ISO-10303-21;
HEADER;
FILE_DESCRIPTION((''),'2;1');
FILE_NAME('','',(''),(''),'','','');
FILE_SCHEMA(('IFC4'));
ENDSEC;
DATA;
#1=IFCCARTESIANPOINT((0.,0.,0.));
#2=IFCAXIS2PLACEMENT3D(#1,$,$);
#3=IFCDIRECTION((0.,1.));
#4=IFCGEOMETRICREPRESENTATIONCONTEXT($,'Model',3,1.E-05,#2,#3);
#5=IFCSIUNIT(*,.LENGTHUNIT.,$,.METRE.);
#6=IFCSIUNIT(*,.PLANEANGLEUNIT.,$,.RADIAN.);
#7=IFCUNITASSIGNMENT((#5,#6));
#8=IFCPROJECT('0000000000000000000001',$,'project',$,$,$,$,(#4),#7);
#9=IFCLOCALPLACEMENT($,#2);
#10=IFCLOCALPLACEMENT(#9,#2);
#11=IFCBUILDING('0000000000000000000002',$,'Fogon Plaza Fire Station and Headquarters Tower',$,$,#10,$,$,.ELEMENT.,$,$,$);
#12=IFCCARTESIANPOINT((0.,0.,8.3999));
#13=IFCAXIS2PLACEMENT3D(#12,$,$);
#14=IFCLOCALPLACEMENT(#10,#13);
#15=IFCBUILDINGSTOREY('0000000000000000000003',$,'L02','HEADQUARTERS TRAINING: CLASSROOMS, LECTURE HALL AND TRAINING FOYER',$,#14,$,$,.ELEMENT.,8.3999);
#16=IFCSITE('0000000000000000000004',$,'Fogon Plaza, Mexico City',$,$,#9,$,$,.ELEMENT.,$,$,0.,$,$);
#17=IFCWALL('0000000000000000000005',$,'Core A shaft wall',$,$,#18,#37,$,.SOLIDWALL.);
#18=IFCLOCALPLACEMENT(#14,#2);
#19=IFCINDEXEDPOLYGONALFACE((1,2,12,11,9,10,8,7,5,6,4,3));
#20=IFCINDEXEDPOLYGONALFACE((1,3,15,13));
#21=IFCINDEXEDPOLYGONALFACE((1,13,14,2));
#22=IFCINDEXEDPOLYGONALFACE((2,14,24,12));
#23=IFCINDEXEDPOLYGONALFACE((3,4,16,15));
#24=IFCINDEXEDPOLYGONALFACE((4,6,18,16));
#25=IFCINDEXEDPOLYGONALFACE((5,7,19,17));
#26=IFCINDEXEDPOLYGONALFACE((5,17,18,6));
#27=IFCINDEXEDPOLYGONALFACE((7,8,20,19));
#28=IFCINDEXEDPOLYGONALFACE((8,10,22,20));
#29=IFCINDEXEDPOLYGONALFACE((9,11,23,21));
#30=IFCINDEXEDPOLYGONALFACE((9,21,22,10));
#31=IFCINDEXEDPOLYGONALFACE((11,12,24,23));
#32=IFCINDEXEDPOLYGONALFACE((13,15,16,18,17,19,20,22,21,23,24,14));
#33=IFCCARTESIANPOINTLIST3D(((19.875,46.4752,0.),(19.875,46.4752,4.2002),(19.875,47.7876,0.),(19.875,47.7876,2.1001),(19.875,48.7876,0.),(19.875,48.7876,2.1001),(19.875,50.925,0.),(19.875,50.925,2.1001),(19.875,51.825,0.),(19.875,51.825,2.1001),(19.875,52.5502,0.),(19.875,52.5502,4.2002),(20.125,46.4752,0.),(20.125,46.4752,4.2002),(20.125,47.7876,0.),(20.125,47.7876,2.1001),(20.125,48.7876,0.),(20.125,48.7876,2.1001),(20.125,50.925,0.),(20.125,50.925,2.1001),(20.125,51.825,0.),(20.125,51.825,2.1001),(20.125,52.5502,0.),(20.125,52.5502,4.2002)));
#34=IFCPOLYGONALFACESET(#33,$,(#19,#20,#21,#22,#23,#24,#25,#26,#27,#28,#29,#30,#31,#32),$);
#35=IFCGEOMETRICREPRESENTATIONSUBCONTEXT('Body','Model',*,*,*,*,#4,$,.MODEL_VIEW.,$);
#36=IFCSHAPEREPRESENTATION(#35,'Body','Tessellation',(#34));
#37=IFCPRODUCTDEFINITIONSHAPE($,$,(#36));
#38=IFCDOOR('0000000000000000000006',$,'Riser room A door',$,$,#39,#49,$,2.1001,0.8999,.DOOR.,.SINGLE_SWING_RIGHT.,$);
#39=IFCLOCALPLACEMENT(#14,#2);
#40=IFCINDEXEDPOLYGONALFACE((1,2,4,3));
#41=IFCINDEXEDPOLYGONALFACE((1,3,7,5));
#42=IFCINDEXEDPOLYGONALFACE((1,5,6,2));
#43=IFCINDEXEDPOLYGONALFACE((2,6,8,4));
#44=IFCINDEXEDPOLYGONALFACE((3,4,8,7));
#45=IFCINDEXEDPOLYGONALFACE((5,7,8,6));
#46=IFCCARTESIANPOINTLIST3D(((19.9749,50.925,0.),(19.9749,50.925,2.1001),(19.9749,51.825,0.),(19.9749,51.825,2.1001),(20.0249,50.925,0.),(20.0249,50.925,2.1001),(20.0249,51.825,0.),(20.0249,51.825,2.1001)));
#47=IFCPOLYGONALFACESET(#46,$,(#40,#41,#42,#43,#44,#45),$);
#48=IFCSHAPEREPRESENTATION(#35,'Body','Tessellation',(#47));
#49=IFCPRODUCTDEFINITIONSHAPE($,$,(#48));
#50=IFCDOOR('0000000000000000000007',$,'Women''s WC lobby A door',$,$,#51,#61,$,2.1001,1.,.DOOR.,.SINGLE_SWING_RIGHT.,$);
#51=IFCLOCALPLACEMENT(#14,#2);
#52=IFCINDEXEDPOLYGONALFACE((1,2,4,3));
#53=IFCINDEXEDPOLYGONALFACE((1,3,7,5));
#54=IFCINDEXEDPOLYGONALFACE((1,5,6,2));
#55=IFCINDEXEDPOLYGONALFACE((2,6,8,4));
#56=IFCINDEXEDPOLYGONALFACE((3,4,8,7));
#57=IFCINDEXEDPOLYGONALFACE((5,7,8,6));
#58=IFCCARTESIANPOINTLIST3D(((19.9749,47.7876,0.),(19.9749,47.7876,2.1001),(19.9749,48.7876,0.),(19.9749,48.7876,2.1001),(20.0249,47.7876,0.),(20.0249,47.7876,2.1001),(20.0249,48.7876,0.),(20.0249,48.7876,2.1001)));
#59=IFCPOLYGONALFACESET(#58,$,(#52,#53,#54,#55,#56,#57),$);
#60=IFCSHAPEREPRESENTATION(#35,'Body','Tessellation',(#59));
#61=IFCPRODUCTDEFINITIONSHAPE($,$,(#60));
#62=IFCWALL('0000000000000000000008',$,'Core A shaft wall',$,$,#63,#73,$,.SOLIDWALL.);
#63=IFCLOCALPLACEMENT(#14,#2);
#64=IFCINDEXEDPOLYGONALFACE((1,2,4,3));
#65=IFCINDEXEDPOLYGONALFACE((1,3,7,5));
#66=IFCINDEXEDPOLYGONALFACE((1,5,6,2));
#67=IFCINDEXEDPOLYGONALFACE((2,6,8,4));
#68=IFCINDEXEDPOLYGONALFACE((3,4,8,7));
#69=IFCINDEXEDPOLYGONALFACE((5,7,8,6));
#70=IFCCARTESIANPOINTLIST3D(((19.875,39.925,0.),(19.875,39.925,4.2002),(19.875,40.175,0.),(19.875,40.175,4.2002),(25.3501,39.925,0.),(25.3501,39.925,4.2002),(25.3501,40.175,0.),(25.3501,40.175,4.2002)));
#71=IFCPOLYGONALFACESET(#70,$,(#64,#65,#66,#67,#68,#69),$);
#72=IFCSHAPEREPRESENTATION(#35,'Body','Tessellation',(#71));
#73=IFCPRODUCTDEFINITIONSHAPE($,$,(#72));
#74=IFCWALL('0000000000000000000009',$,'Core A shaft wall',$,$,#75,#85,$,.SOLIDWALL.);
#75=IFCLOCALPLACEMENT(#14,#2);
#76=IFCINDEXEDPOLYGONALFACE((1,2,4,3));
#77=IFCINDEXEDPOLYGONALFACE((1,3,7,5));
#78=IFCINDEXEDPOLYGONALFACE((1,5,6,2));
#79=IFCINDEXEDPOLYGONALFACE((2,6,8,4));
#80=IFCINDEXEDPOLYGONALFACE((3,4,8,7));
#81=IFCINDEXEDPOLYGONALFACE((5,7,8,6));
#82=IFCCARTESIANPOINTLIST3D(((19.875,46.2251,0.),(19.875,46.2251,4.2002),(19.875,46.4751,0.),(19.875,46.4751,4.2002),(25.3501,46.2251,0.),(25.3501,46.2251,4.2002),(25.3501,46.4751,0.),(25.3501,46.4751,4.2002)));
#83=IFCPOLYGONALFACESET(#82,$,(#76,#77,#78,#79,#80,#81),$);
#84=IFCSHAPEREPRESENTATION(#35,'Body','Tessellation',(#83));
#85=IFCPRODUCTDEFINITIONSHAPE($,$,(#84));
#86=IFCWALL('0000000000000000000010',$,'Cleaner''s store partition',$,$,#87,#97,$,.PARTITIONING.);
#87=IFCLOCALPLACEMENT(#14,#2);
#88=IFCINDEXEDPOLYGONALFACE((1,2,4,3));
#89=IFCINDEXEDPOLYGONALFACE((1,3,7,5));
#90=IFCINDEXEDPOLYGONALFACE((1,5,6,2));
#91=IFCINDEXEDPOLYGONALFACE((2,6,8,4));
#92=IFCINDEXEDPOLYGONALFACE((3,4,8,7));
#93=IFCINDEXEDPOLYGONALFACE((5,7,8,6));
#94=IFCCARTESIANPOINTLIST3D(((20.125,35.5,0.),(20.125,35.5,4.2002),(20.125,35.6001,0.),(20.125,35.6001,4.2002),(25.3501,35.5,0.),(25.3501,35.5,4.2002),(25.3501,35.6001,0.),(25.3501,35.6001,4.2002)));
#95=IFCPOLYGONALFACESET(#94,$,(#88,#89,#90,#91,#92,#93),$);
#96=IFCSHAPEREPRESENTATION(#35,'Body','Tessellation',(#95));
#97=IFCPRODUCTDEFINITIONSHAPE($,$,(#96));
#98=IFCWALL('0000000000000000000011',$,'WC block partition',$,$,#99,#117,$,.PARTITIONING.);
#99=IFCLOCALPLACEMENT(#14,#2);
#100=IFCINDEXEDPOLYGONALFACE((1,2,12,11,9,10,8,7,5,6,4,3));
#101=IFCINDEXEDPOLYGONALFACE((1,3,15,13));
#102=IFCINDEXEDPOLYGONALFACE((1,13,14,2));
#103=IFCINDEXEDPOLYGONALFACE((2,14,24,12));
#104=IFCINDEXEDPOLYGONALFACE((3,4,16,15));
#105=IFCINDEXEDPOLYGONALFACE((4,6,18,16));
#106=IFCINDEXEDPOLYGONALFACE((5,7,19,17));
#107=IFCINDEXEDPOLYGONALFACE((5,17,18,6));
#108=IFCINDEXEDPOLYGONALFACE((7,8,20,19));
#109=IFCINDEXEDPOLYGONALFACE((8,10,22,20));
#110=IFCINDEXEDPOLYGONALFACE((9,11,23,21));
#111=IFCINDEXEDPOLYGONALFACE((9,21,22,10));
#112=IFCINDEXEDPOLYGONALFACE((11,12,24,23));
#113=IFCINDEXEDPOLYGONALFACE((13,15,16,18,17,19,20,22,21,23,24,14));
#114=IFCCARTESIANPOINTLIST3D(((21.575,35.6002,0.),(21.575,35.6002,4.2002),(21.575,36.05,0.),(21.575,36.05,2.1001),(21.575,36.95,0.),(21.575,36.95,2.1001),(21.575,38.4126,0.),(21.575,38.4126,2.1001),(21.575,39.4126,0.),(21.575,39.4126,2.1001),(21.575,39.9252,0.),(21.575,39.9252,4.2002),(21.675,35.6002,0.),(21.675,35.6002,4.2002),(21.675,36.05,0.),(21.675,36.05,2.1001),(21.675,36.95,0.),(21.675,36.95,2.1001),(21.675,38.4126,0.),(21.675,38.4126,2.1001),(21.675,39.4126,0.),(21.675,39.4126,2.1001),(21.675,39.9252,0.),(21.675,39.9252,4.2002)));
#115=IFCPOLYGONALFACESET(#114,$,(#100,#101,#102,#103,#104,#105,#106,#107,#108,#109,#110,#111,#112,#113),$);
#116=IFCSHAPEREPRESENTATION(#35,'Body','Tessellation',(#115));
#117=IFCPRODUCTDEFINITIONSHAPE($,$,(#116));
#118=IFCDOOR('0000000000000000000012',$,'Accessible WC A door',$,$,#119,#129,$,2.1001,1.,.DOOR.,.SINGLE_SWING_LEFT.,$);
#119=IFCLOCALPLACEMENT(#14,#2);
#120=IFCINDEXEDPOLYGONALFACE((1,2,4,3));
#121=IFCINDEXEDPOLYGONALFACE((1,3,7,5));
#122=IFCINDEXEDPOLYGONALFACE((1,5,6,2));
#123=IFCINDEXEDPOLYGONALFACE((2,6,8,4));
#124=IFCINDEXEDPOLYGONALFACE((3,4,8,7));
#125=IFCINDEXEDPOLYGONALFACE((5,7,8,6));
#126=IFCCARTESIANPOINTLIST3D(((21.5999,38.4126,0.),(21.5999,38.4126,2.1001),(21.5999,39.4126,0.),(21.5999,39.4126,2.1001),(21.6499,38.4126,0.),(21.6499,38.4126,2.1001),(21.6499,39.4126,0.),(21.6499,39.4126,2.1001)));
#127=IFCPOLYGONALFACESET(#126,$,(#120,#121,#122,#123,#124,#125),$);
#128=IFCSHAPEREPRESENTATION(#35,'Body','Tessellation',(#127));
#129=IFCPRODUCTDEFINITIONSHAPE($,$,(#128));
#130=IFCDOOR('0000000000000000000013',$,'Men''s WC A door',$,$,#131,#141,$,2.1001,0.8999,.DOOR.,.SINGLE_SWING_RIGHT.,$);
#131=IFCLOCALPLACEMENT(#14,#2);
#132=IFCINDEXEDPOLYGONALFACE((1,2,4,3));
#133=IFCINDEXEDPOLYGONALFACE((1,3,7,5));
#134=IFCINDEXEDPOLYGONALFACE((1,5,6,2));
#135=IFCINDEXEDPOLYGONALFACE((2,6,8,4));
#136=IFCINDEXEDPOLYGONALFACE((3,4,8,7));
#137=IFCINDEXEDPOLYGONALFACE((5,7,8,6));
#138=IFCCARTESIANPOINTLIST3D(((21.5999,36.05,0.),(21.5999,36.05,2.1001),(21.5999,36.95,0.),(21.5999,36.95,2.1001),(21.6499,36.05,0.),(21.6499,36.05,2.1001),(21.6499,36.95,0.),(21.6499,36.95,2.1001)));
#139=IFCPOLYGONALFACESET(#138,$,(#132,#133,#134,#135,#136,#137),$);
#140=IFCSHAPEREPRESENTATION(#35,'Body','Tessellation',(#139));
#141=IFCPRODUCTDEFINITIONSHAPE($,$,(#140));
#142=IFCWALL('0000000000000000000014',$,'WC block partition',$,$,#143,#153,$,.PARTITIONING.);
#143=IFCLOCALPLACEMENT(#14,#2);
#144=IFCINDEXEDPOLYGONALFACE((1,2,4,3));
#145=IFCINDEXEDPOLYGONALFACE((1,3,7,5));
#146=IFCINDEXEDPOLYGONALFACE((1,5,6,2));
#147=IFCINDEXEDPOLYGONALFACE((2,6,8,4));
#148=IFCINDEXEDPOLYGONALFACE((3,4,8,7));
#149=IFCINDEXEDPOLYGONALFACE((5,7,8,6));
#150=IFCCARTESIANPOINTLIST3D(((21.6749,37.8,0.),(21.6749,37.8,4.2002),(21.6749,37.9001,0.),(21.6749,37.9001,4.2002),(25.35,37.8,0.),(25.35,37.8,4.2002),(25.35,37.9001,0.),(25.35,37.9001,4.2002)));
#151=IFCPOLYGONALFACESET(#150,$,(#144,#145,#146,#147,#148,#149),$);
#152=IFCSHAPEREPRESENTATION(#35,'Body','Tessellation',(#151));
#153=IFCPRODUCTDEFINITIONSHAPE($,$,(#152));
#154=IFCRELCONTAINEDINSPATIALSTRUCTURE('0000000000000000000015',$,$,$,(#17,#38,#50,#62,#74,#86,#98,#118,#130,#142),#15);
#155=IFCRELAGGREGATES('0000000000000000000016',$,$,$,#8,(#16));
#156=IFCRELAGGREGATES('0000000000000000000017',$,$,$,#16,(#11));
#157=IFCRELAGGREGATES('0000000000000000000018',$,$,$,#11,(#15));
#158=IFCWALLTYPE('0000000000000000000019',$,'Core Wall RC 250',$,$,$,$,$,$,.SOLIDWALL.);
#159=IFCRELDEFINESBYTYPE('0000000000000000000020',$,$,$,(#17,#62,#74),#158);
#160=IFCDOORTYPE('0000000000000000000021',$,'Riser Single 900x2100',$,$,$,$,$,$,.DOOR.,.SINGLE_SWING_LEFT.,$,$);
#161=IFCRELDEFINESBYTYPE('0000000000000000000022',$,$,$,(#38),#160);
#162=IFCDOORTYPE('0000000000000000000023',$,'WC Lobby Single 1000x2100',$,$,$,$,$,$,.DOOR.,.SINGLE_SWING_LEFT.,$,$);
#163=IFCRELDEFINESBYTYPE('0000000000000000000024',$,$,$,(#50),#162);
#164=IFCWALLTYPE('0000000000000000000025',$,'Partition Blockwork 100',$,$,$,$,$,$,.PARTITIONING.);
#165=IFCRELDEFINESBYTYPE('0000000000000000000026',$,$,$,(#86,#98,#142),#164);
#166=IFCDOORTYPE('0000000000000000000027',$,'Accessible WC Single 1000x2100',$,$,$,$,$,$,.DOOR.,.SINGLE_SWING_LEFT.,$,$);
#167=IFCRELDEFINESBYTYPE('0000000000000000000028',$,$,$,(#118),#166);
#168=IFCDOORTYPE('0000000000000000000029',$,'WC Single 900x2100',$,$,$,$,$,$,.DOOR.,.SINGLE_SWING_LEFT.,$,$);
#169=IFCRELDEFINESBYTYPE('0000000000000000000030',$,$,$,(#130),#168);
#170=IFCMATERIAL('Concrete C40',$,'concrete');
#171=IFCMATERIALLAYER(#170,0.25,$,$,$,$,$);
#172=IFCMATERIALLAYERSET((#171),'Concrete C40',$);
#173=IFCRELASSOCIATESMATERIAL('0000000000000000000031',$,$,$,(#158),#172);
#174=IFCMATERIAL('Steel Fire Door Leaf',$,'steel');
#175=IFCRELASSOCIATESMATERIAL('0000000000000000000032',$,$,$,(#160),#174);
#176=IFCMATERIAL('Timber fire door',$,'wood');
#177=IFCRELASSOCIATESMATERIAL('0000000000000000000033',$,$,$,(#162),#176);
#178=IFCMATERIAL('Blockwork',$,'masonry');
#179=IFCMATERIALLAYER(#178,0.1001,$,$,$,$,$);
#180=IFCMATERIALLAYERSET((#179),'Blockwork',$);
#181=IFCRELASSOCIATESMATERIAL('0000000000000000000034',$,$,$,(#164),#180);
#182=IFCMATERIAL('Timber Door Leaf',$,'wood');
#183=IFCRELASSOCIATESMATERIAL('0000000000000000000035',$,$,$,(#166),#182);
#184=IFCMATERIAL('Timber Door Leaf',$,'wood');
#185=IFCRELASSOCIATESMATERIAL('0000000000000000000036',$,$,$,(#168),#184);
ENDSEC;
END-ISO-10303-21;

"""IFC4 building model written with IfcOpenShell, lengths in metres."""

from ifc_helpers import new_model, si_unit, direction, frame, frame_2d, origin, place, context, subcontext, project, spatial, rectangle, extrude, material, layer, layer_set, type_object, element, fill, save


model = new_model("IFC4")

# Units and contexts
model_context = context("Model", 3, precision=1e-05, world=origin(), true_north=direction((0.0, 1.0)))
body_context = subcontext(model_context, "Body", "Model", "MODEL_VIEW")
ifc_project = project(units=[si_unit("LENGTHUNIT", "METRE"), si_unit("PLANEANGLEUNIT", "RADIAN")], contexts=[model_context])

# Site, building, storey
site_placement = place(None, origin())
site = spatial("IfcSite", under=ifc_project, at=site_placement, Name="Fogon Plaza, Mexico City", CompositionType="ELEMENT", RefElevation=0.0)
building_placement = place(site_placement, origin())
building = spatial("IfcBuilding", under=site, at=building_placement, Name="Fogon Plaza Fire Station and Headquarters Tower", CompositionType="ELEMENT")
storey_placement = place(building_placement, frame((0.0, 0.0, 8.3999)))
storey = spatial("IfcBuildingStorey", under=building, at=storey_placement, Name="L02", Description="HEADQUARTERS TRAINING: CLASSROOMS, LECTURE HALL AND TRAINING FOYER", CompositionType="ELEMENT", Elevation=8.3999)

# Shared definitions
ifc_material_1 = material(Name="Concrete C40", Category="concrete")
ifc_layer_1 = layer(ifc_material_1, 0.25)
ifc_layer_set_1 = layer_set([ifc_layer_1], Name="Concrete C40")
wall_type_1 = type_object("IfcWallType", Name="Core Wall RC 250", PredefinedType="SOLIDWALL", material=ifc_layer_set_1)

# Wall, openings, doors
wall_1_placement = place(storey_placement, frame((20.0, 46.4751, 0.0), z_axis=(0.0, 0.0, 1.0), x_axis=(0.0, 1.0, 0.0)))
wall_1 = element("IfcWall", 1, at=wall_1_placement, inside=storey, type_object=wall_type_1, Name="Core A shaft wall", PredefinedType="SOLIDWALL", context=body_context, shape_type="SweptSolid", body=[
    extrude(rectangle(XDim=6.075, YDim=0.25, at=frame_2d((3.0376, 0.0))), origin(), (0.0, 0.0, 1.0), 4.2002),
])
opening_1_placement = place(wall_1_placement, frame((1.3125, 0.0, 0.0)))
opening_1 = element("IfcOpeningElement", 2, at=opening_1_placement, cuts=wall_1, PredefinedType="OPENING", context=body_context, shape_type="SweptSolid", body=[
    extrude(rectangle(XDim=1.0, YDim=2.1001, at=frame_2d((0.5, 1.05))), frame((0.0, 0.135, 0.0), z_axis=(0.0, -1.0, 0.0), x_axis=(1.0, 0.0, 0.0)), (0.0, 0.0, 1.0), 0.27),
])
opening_2_placement = place(wall_1_placement, frame((4.45, 0.0, 0.0)))
opening_2 = element("IfcOpeningElement", 3, at=opening_2_placement, cuts=wall_1, PredefinedType="OPENING", context=body_context, shape_type="SweptSolid", body=[
    extrude(rectangle(XDim=0.8999, YDim=2.1001, at=frame_2d((0.45, 1.05))), frame((0.0, 0.135, 0.0), z_axis=(0.0, -1.0, 0.0), x_axis=(1.0, 0.0, 0.0)), (0.0, 0.0, 1.0), 0.27),
])
ifc_material_2 = material(Name="Steel Fire Door Leaf", Category="steel")
door_type_1 = type_object("IfcDoorType", Name="Riser Single 900x2100", OperationType="SINGLE_SWING_LEFT", PredefinedType="DOOR", material=ifc_material_2)
door_1_placement = place(opening_2_placement, frame((0.8999, 0.0, 0.0), z_axis=(0.0, 0.0, 1.0), x_axis=(-1.0, 0.0, 0.0)))
door_1 = element("IfcDoor", 4, at=door_1_placement, inside=storey, type_object=door_type_1, Name="Riser room A door", OperationType="SINGLE_SWING_RIGHT", OverallHeight=2.1001, OverallWidth=0.8999, PredefinedType="DOOR", context=body_context, shape_type="SweptSolid", body=[
    extrude(rectangle(XDim=0.8999, YDim=2.1001, at=frame_2d((0.45, 1.05))), frame((0.0, 0.0249, 0.0), z_axis=(0.0, -1.0, 0.0), x_axis=(1.0, 0.0, 0.0)), (0.0, 0.0, 1.0), 0.05),
])
fill(opening_2, door_1)
ifc_material_3 = material(Name="Timber fire door", Category="wood")
door_type_2 = type_object("IfcDoorType", Name="WC Lobby Single 1000x2100", OperationType="SINGLE_SWING_LEFT", PredefinedType="DOOR", material=ifc_material_3)
door_2_placement = place(opening_1_placement, frame((1.0, 0.0, 0.0), z_axis=(0.0, 0.0, 1.0), x_axis=(-1.0, 0.0, 0.0)))
door_2 = element("IfcDoor", 5, at=door_2_placement, inside=storey, type_object=door_type_2, Name="Women's WC lobby A door", OperationType="SINGLE_SWING_RIGHT", OverallHeight=2.1001, OverallWidth=1.0, PredefinedType="DOOR", context=body_context, shape_type="SweptSolid", body=[
    extrude(rectangle(XDim=1.0, YDim=2.1001, at=frame_2d((0.5, 1.05))), frame((0.0, 0.0249, 0.0), z_axis=(0.0, -1.0, 0.0), x_axis=(1.0, 0.0, 0.0)), (0.0, 0.0, 1.0), 0.05),
])
fill(opening_1, door_2)

# Walls
for number, where, z_axis, x_axis, name in (
    (6, (19.875, 40.05, 0.0), (0.0, 0.0, 1.0), (1.0, 0.0, 0.0), "Core A shaft wall"),
    (7, (19.875, 46.3501, 0.0), (0.0, 0.0, 1.0), (1.0, 0.0, 0.0), "Core A shaft wall"),
):
    element("IfcWall", number, at=place(storey_placement, frame(where, z_axis=z_axis, x_axis=x_axis)), inside=storey, type_object=wall_type_1, Name=name, PredefinedType="SOLIDWALL", context=body_context, shape_type="SweptSolid", body=[
        extrude(rectangle(XDim=5.4751, YDim=0.25, at=frame_2d((2.7375, 0.0))), origin(), (0.0, 0.0, 1.0), 4.2002),
    ])
ifc_material_4 = material(Name="Blockwork", Category="masonry")
ifc_layer_2 = layer(ifc_material_4, 0.1001)
ifc_layer_set_2 = layer_set([ifc_layer_2], Name="Blockwork")
wall_type_2 = type_object("IfcWallType", Name="Partition Blockwork 100", PredefinedType="PARTITIONING", material=ifc_layer_set_2)
wall_2_placement = place(storey_placement, frame((20.125, 35.55, 0.0), z_axis=(0.0, 0.0, 1.0), x_axis=(1.0, 0.0, 0.0)))
element("IfcWall", 8, at=wall_2_placement, inside=storey, type_object=wall_type_2, Name="Cleaner's store partition", PredefinedType="PARTITIONING", context=body_context, shape_type="SweptSolid", body=[
    extrude(rectangle(XDim=5.2251, YDim=0.1001, at=frame_2d((2.6125, 0.0))), origin(), (0.0, 0.0, 1.0), 4.2002),
])

# Wall, openings, doors
wall_3_placement = place(storey_placement, frame((21.625, 35.6001, 0.0), z_axis=(0.0, 0.0, 1.0), x_axis=(0.0, 1.0, 0.0)))
wall_3 = element("IfcWall", 9, at=wall_3_placement, inside=storey, type_object=wall_type_2, Name="WC block partition", PredefinedType="PARTITIONING", context=body_context, shape_type="SweptSolid", body=[
    extrude(rectangle(XDim=4.325, YDim=0.1001, at=frame_2d((2.1626, 0.0))), origin(), (0.0, 0.0, 1.0), 4.2002),
])
opening_3_placement = place(wall_3_placement, frame((0.45, 0.0, 0.0)))
opening_3 = element("IfcOpeningElement", 10, at=opening_3_placement, cuts=wall_3, PredefinedType="OPENING", context=body_context, shape_type="SweptSolid", body=[
    extrude(rectangle(XDim=0.8999, YDim=2.1001, at=frame_2d((0.45, 1.05))), frame((0.0, 0.0601, 0.0), z_axis=(0.0, -1.0, 0.0), x_axis=(1.0, 0.0, 0.0)), (0.0, 0.0, 1.0), 0.1201),
])
opening_4_placement = place(wall_3_placement, frame((2.8125, 0.0, 0.0)))
opening_4 = element("IfcOpeningElement", 11, at=opening_4_placement, cuts=wall_3, PredefinedType="OPENING", context=body_context, shape_type="SweptSolid", body=[
    extrude(rectangle(XDim=1.0, YDim=2.1001, at=frame_2d((0.5, 1.05))), frame((0.0, 0.0601, 0.0), z_axis=(0.0, -1.0, 0.0), x_axis=(1.0, 0.0, 0.0)), (0.0, 0.0, 1.0), 0.1201),
])
ifc_material_5 = material(Name="Timber Door Leaf", Category="wood")
door_type_3 = type_object("IfcDoorType", Name="Accessible WC Single 1000x2100", OperationType="SINGLE_SWING_LEFT", PredefinedType="DOOR", material=ifc_material_5)
door_3_placement = place(opening_4_placement, frame((1.0, 0.0, 0.0), z_axis=(0.0, 0.0, 1.0), x_axis=(-1.0, 0.0, 0.0)))
door_3 = element("IfcDoor", 12, at=door_3_placement, inside=storey, type_object=door_type_3, Name="Accessible WC A door", OperationType="SINGLE_SWING_LEFT", OverallHeight=2.1001, OverallWidth=1.0, PredefinedType="DOOR", context=body_context, shape_type="SweptSolid", body=[
    extrude(rectangle(XDim=1.0, YDim=2.1001, at=frame_2d((0.5, 1.05))), frame((0.0, 0.0249, 0.0), z_axis=(0.0, -1.0, 0.0), x_axis=(1.0, 0.0, 0.0)), (0.0, 0.0, 1.0), 0.05),
])
fill(opening_4, door_3)
ifc_material_6 = material(Name="Timber Door Leaf", Category="wood")
door_type_4 = type_object("IfcDoorType", Name="WC Single 900x2100", OperationType="SINGLE_SWING_LEFT", PredefinedType="DOOR", material=ifc_material_6)
door_4_placement = place(opening_3_placement, frame((0.8999, 0.0, 0.0), z_axis=(0.0, 0.0, 1.0), x_axis=(-1.0, 0.0, 0.0)))
door_4 = element("IfcDoor", 13, at=door_4_placement, inside=storey, type_object=door_type_4, Name="Men's WC A door", OperationType="SINGLE_SWING_RIGHT", OverallHeight=2.1001, OverallWidth=0.8999, PredefinedType="DOOR", context=body_context, shape_type="SweptSolid", body=[
    extrude(rectangle(XDim=0.8999, YDim=2.1001, at=frame_2d((0.45, 1.05))), frame((0.0, 0.0249, 0.0), z_axis=(0.0, -1.0, 0.0), x_axis=(1.0, 0.0, 0.0)), (0.0, 0.0, 1.0), 0.05),
])
fill(opening_3, door_4)

# Wall
wall_4_placement = place(storey_placement, frame((21.675, 37.8501, 0.0), z_axis=(0.0, 0.0, 1.0), x_axis=(1.0, 0.0, 0.0)))
element("IfcWall", 14, at=wall_4_placement, inside=storey, type_object=wall_type_2, Name="WC block partition", PredefinedType="PARTITIONING", context=body_context, shape_type="SweptSolid", body=[
    extrude(rectangle(XDim=3.675, YDim=0.1001, at=frame_2d((1.8374, 0.0))), origin(), (0.0, 0.0, 1.0), 4.2002),
])

save(model, "model.ifc")
